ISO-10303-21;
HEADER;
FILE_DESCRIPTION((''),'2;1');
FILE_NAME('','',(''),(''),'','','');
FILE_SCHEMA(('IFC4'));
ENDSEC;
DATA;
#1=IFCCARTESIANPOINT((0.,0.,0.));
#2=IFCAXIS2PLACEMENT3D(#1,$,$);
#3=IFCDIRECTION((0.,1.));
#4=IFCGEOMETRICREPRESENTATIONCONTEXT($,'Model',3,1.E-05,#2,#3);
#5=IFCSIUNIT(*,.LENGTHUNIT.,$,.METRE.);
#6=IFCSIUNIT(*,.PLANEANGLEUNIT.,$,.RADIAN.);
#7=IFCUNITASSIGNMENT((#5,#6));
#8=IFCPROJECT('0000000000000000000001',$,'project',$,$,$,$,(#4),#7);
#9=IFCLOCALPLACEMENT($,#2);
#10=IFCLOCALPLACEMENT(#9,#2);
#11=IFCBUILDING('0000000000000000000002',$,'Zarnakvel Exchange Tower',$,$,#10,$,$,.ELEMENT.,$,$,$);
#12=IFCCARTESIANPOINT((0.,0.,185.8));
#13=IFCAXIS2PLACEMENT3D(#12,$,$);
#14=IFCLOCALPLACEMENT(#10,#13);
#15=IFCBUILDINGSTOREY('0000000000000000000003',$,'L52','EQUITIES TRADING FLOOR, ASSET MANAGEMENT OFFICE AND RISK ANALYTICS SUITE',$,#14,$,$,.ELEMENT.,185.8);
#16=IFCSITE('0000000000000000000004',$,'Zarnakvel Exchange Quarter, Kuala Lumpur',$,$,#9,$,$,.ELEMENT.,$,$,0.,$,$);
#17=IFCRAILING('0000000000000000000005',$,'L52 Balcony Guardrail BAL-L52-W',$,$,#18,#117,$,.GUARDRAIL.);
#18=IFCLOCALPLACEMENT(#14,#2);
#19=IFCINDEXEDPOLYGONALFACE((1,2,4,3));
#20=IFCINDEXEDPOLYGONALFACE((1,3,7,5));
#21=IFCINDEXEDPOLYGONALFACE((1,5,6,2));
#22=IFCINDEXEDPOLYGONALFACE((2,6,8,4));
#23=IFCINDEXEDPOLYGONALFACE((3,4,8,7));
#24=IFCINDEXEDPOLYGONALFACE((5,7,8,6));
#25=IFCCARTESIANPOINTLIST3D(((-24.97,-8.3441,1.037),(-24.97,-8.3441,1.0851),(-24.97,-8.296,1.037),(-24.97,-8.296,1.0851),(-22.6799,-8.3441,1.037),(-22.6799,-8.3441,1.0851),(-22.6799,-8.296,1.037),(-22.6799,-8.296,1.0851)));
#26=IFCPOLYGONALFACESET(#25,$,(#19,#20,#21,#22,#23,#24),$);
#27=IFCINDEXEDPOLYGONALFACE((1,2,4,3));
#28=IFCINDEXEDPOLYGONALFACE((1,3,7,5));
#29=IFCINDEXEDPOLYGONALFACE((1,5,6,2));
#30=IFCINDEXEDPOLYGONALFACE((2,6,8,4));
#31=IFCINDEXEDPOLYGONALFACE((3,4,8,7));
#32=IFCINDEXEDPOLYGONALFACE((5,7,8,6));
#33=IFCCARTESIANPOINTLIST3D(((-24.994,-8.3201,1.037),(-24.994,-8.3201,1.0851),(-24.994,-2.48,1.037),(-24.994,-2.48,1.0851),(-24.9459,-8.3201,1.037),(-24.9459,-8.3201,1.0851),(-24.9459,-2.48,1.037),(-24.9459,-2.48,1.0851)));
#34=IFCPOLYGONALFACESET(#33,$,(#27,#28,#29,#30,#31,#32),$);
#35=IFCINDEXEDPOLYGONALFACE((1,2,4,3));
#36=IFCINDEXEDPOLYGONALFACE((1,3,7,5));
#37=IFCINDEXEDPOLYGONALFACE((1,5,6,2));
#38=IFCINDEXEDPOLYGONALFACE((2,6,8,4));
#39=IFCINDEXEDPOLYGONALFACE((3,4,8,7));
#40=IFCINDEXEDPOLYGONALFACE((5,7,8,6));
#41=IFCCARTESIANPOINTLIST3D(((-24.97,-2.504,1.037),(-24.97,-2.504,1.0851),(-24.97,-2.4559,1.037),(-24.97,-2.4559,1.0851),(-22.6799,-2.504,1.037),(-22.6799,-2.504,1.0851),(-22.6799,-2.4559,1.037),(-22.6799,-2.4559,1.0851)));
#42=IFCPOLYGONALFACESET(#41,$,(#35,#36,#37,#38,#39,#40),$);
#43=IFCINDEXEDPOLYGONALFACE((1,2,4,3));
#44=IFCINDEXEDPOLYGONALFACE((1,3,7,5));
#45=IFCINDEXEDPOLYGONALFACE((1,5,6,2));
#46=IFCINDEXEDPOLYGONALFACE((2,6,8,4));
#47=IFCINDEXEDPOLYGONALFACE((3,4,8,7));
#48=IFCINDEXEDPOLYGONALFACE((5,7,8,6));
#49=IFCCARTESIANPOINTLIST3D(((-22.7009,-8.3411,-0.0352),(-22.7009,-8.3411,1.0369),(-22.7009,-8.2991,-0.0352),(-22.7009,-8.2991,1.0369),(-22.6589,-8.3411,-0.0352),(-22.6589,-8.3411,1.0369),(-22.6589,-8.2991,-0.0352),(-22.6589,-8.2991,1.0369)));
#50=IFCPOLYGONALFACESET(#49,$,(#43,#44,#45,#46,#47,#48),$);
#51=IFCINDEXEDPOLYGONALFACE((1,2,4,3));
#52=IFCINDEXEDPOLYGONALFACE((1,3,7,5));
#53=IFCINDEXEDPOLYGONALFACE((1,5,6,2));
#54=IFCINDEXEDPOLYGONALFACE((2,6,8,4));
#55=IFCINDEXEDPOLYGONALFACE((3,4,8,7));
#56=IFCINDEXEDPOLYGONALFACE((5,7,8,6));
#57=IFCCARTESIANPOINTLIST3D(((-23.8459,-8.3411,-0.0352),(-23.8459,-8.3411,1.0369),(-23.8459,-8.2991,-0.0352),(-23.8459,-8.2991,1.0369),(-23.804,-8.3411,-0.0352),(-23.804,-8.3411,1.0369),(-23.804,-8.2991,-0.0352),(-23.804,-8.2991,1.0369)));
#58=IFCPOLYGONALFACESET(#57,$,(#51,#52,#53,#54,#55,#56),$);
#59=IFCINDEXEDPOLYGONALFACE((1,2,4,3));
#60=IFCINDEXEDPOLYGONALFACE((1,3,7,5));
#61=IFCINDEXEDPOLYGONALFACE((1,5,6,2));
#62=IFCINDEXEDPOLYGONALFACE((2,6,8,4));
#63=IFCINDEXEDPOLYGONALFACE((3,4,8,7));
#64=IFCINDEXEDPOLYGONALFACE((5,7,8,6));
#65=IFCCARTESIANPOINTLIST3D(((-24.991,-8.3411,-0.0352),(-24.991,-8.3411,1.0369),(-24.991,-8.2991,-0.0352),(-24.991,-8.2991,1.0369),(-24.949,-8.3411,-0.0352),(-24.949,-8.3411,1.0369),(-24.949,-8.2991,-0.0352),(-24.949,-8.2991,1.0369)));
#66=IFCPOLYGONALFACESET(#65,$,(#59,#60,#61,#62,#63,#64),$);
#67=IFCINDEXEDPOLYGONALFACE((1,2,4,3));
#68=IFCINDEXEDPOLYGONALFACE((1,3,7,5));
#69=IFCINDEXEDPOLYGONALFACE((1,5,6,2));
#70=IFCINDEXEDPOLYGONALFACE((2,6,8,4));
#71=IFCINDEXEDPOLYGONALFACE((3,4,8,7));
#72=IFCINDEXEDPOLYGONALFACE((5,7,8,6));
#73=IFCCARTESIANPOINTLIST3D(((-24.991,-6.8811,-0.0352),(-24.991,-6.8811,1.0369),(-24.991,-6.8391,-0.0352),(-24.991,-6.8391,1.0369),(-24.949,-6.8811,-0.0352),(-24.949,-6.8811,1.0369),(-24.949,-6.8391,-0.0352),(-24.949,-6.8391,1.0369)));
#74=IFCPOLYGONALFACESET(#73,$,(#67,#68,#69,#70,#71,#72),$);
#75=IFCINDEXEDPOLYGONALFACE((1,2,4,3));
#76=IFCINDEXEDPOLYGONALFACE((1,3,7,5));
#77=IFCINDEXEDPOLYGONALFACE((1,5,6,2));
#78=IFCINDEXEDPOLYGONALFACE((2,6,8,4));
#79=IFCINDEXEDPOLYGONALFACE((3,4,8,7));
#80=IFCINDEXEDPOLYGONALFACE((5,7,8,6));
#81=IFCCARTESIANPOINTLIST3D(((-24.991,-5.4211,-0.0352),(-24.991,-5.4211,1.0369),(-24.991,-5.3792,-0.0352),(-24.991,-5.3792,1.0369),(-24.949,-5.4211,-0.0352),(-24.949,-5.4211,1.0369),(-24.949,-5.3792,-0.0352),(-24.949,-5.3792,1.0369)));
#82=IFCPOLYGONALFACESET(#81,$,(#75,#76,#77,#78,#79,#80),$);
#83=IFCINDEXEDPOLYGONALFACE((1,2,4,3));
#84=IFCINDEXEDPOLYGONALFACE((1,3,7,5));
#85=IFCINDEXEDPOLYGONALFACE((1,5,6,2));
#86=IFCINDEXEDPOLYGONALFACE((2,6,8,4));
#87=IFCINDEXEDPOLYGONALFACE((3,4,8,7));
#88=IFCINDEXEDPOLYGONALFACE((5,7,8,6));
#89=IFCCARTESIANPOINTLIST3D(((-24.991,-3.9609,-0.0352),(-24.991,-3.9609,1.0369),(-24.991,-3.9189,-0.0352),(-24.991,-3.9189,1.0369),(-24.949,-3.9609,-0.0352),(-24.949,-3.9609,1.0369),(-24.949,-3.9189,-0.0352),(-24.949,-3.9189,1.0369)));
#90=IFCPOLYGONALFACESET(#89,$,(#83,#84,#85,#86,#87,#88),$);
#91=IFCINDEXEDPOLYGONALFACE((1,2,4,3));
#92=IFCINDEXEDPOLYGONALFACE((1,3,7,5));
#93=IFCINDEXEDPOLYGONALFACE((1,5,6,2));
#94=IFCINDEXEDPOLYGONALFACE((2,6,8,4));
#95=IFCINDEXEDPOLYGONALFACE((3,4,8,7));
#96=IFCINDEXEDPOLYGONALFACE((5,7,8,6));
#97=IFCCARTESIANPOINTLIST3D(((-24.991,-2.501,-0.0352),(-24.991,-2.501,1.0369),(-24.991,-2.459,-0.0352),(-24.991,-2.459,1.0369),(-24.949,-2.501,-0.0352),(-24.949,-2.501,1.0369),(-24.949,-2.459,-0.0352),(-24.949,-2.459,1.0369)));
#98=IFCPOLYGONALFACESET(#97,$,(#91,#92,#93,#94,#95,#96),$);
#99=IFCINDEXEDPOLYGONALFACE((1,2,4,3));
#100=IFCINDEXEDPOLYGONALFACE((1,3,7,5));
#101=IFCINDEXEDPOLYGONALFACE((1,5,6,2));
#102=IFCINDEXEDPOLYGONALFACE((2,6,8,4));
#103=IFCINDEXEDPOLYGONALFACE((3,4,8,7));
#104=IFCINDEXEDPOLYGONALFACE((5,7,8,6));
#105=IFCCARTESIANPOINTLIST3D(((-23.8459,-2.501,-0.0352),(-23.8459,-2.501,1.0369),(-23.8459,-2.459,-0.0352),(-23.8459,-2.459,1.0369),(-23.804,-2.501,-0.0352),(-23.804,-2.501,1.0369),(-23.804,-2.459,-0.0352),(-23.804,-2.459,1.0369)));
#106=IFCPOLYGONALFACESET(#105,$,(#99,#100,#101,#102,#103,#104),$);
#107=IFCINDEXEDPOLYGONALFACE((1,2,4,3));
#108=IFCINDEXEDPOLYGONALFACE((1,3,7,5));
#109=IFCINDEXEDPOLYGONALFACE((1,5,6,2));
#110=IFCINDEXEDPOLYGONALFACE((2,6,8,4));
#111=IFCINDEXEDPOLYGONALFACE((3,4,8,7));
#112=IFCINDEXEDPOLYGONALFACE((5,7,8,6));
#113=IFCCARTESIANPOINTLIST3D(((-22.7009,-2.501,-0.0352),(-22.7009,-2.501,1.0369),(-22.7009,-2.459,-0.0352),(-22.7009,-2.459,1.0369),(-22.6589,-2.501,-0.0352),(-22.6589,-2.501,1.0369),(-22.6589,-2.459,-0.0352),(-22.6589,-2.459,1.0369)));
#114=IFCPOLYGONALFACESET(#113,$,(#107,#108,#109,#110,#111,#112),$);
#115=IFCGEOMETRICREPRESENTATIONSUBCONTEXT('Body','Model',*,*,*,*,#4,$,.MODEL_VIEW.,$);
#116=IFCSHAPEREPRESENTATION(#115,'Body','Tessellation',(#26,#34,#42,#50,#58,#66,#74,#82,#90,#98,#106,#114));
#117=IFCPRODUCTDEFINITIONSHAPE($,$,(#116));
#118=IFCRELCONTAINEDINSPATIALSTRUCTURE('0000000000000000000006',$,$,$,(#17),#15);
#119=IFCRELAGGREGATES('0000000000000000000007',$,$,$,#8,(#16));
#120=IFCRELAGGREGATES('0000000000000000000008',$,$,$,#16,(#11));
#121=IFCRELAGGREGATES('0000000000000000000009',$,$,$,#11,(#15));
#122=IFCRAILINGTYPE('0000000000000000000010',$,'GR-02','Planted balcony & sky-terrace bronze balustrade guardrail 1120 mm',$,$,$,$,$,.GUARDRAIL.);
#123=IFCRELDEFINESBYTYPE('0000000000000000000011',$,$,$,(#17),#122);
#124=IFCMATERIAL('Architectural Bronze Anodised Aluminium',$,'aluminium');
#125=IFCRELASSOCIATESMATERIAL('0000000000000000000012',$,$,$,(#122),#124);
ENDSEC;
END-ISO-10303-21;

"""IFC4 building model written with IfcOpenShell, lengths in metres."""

from ifc_helpers import new_model, si_unit, direction, frame, origin, origin_2d, place, context, subcontext, project, spatial, rectangle, extrude, material, type_object, element, save


model = new_model("IFC4")

# Units and contexts
model_context = context("Model", 3, precision=1e-05, world=origin(), true_north=direction((0.0, 1.0)))
body_context = subcontext(model_context, "Body", "Model", "MODEL_VIEW")
ifc_project = project(units=[si_unit("LENGTHUNIT", "METRE"), si_unit("PLANEANGLEUNIT", "RADIAN")], contexts=[model_context])

# Site, building, storey
site_placement = place(None, origin())
site = spatial("IfcSite", under=ifc_project, at=site_placement, Name="Zarnakvel Exchange Quarter, Kuala Lumpur", CompositionType="ELEMENT", RefElevation=0.0)
building_placement = place(site_placement, origin())
building = spatial("IfcBuilding", under=site, at=building_placement, Name="Zarnakvel Exchange Tower", CompositionType="ELEMENT")
storey_placement = place(building_placement, frame((0.0, 0.0, 185.8)))
storey = spatial("IfcBuildingStorey", under=building, at=storey_placement, Name="L52", Description="EQUITIES TRADING FLOOR, ASSET MANAGEMENT OFFICE AND RISK ANALYTICS SUITE", CompositionType="ELEMENT", Elevation=185.8)

# Shared definitions
ifc_material_1 = material(Name="Architectural Bronze Anodised Aluminium", Category="aluminium")

# Railing
railing_type = type_object("IfcRailingType", Name="GR-02", Description="Planted balcony & sky-terrace bronze balustrade guardrail 1120 mm", PredefinedType="GUARDRAIL", material=ifc_material_1)
railing_placement = place(storey_placement, frame((-22.6799, -8.3201, -0.0352)))
element("IfcRailing", 1, at=railing_placement, inside=storey, type_object=railing_type, Name="L52 Balcony Guardrail BAL-L52-W", PredefinedType="GUARDRAIL", context=body_context, shape_type="SweptSolid", body=[
    extrude(rectangle(XDim=0.0481, YDim=0.0481, at=origin_2d()), frame((0.0, 0.0, 1.0962), z_axis=(-1.0, 0.0, 0.0), x_axis=(0.0, -1.0, 0.0)), (0.0, 0.0, 1.0), 2.29),
    extrude(rectangle(XDim=0.0481, YDim=0.0481, at=origin_2d()), frame((-2.29, 0.0, 1.0962), z_axis=(0.0, 1.0, 0.0), x_axis=(-1.0, 0.0, 0.0)), (0.0, 0.0, 1.0), 5.8401),
    extrude(rectangle(XDim=0.0481, YDim=0.0481, at=origin_2d()), frame((-2.29, 5.8401, 1.0962), z_axis=(1.0, 0.0, 0.0), x_axis=(0.0, 1.0, 0.0)), (0.0, 0.0, 1.0), 2.29),
    extrude(rectangle(XDim=0.042, YDim=0.042, at=origin_2d()), origin(), (0.0, 0.0, 1.0), 1.072),
    extrude(rectangle(XDim=0.042, YDim=0.042, at=origin_2d()), frame((-1.145, 0.0, 0.0)), (0.0, 0.0, 1.0), 1.072),
    extrude(rectangle(XDim=0.042, YDim=0.042, at=origin_2d()), frame((-2.29, 0.0, 0.0)), (0.0, 0.0, 1.0), 1.072),
    extrude(rectangle(XDim=0.042, YDim=0.042, at=origin_2d()), frame((-2.29, 1.46, 0.0)), (0.0, 0.0, 1.0), 1.072),
    extrude(rectangle(XDim=0.042, YDim=0.042, at=origin_2d()), frame((-2.29, 2.9199, 0.0)), (0.0, 0.0, 1.0), 1.072),
    extrude(rectangle(XDim=0.042, YDim=0.042, at=origin_2d()), frame((-2.29, 4.3801, 0.0)), (0.0, 0.0, 1.0), 1.072),
    extrude(rectangle(XDim=0.042, YDim=0.042, at=origin_2d()), frame((-2.29, 5.8401, 0.0)), (0.0, 0.0, 1.0), 1.072),
    extrude(rectangle(XDim=0.042, YDim=0.042, at=origin_2d()), frame((-1.145, 5.8401, 0.0)), (0.0, 0.0, 1.0), 1.072),
    extrude(rectangle(XDim=0.042, YDim=0.042, at=origin_2d()), frame((0.0, 5.8401, 0.0)), (0.0, 0.0, 1.0), 1.072),
])

save(model, "model.ifc")
